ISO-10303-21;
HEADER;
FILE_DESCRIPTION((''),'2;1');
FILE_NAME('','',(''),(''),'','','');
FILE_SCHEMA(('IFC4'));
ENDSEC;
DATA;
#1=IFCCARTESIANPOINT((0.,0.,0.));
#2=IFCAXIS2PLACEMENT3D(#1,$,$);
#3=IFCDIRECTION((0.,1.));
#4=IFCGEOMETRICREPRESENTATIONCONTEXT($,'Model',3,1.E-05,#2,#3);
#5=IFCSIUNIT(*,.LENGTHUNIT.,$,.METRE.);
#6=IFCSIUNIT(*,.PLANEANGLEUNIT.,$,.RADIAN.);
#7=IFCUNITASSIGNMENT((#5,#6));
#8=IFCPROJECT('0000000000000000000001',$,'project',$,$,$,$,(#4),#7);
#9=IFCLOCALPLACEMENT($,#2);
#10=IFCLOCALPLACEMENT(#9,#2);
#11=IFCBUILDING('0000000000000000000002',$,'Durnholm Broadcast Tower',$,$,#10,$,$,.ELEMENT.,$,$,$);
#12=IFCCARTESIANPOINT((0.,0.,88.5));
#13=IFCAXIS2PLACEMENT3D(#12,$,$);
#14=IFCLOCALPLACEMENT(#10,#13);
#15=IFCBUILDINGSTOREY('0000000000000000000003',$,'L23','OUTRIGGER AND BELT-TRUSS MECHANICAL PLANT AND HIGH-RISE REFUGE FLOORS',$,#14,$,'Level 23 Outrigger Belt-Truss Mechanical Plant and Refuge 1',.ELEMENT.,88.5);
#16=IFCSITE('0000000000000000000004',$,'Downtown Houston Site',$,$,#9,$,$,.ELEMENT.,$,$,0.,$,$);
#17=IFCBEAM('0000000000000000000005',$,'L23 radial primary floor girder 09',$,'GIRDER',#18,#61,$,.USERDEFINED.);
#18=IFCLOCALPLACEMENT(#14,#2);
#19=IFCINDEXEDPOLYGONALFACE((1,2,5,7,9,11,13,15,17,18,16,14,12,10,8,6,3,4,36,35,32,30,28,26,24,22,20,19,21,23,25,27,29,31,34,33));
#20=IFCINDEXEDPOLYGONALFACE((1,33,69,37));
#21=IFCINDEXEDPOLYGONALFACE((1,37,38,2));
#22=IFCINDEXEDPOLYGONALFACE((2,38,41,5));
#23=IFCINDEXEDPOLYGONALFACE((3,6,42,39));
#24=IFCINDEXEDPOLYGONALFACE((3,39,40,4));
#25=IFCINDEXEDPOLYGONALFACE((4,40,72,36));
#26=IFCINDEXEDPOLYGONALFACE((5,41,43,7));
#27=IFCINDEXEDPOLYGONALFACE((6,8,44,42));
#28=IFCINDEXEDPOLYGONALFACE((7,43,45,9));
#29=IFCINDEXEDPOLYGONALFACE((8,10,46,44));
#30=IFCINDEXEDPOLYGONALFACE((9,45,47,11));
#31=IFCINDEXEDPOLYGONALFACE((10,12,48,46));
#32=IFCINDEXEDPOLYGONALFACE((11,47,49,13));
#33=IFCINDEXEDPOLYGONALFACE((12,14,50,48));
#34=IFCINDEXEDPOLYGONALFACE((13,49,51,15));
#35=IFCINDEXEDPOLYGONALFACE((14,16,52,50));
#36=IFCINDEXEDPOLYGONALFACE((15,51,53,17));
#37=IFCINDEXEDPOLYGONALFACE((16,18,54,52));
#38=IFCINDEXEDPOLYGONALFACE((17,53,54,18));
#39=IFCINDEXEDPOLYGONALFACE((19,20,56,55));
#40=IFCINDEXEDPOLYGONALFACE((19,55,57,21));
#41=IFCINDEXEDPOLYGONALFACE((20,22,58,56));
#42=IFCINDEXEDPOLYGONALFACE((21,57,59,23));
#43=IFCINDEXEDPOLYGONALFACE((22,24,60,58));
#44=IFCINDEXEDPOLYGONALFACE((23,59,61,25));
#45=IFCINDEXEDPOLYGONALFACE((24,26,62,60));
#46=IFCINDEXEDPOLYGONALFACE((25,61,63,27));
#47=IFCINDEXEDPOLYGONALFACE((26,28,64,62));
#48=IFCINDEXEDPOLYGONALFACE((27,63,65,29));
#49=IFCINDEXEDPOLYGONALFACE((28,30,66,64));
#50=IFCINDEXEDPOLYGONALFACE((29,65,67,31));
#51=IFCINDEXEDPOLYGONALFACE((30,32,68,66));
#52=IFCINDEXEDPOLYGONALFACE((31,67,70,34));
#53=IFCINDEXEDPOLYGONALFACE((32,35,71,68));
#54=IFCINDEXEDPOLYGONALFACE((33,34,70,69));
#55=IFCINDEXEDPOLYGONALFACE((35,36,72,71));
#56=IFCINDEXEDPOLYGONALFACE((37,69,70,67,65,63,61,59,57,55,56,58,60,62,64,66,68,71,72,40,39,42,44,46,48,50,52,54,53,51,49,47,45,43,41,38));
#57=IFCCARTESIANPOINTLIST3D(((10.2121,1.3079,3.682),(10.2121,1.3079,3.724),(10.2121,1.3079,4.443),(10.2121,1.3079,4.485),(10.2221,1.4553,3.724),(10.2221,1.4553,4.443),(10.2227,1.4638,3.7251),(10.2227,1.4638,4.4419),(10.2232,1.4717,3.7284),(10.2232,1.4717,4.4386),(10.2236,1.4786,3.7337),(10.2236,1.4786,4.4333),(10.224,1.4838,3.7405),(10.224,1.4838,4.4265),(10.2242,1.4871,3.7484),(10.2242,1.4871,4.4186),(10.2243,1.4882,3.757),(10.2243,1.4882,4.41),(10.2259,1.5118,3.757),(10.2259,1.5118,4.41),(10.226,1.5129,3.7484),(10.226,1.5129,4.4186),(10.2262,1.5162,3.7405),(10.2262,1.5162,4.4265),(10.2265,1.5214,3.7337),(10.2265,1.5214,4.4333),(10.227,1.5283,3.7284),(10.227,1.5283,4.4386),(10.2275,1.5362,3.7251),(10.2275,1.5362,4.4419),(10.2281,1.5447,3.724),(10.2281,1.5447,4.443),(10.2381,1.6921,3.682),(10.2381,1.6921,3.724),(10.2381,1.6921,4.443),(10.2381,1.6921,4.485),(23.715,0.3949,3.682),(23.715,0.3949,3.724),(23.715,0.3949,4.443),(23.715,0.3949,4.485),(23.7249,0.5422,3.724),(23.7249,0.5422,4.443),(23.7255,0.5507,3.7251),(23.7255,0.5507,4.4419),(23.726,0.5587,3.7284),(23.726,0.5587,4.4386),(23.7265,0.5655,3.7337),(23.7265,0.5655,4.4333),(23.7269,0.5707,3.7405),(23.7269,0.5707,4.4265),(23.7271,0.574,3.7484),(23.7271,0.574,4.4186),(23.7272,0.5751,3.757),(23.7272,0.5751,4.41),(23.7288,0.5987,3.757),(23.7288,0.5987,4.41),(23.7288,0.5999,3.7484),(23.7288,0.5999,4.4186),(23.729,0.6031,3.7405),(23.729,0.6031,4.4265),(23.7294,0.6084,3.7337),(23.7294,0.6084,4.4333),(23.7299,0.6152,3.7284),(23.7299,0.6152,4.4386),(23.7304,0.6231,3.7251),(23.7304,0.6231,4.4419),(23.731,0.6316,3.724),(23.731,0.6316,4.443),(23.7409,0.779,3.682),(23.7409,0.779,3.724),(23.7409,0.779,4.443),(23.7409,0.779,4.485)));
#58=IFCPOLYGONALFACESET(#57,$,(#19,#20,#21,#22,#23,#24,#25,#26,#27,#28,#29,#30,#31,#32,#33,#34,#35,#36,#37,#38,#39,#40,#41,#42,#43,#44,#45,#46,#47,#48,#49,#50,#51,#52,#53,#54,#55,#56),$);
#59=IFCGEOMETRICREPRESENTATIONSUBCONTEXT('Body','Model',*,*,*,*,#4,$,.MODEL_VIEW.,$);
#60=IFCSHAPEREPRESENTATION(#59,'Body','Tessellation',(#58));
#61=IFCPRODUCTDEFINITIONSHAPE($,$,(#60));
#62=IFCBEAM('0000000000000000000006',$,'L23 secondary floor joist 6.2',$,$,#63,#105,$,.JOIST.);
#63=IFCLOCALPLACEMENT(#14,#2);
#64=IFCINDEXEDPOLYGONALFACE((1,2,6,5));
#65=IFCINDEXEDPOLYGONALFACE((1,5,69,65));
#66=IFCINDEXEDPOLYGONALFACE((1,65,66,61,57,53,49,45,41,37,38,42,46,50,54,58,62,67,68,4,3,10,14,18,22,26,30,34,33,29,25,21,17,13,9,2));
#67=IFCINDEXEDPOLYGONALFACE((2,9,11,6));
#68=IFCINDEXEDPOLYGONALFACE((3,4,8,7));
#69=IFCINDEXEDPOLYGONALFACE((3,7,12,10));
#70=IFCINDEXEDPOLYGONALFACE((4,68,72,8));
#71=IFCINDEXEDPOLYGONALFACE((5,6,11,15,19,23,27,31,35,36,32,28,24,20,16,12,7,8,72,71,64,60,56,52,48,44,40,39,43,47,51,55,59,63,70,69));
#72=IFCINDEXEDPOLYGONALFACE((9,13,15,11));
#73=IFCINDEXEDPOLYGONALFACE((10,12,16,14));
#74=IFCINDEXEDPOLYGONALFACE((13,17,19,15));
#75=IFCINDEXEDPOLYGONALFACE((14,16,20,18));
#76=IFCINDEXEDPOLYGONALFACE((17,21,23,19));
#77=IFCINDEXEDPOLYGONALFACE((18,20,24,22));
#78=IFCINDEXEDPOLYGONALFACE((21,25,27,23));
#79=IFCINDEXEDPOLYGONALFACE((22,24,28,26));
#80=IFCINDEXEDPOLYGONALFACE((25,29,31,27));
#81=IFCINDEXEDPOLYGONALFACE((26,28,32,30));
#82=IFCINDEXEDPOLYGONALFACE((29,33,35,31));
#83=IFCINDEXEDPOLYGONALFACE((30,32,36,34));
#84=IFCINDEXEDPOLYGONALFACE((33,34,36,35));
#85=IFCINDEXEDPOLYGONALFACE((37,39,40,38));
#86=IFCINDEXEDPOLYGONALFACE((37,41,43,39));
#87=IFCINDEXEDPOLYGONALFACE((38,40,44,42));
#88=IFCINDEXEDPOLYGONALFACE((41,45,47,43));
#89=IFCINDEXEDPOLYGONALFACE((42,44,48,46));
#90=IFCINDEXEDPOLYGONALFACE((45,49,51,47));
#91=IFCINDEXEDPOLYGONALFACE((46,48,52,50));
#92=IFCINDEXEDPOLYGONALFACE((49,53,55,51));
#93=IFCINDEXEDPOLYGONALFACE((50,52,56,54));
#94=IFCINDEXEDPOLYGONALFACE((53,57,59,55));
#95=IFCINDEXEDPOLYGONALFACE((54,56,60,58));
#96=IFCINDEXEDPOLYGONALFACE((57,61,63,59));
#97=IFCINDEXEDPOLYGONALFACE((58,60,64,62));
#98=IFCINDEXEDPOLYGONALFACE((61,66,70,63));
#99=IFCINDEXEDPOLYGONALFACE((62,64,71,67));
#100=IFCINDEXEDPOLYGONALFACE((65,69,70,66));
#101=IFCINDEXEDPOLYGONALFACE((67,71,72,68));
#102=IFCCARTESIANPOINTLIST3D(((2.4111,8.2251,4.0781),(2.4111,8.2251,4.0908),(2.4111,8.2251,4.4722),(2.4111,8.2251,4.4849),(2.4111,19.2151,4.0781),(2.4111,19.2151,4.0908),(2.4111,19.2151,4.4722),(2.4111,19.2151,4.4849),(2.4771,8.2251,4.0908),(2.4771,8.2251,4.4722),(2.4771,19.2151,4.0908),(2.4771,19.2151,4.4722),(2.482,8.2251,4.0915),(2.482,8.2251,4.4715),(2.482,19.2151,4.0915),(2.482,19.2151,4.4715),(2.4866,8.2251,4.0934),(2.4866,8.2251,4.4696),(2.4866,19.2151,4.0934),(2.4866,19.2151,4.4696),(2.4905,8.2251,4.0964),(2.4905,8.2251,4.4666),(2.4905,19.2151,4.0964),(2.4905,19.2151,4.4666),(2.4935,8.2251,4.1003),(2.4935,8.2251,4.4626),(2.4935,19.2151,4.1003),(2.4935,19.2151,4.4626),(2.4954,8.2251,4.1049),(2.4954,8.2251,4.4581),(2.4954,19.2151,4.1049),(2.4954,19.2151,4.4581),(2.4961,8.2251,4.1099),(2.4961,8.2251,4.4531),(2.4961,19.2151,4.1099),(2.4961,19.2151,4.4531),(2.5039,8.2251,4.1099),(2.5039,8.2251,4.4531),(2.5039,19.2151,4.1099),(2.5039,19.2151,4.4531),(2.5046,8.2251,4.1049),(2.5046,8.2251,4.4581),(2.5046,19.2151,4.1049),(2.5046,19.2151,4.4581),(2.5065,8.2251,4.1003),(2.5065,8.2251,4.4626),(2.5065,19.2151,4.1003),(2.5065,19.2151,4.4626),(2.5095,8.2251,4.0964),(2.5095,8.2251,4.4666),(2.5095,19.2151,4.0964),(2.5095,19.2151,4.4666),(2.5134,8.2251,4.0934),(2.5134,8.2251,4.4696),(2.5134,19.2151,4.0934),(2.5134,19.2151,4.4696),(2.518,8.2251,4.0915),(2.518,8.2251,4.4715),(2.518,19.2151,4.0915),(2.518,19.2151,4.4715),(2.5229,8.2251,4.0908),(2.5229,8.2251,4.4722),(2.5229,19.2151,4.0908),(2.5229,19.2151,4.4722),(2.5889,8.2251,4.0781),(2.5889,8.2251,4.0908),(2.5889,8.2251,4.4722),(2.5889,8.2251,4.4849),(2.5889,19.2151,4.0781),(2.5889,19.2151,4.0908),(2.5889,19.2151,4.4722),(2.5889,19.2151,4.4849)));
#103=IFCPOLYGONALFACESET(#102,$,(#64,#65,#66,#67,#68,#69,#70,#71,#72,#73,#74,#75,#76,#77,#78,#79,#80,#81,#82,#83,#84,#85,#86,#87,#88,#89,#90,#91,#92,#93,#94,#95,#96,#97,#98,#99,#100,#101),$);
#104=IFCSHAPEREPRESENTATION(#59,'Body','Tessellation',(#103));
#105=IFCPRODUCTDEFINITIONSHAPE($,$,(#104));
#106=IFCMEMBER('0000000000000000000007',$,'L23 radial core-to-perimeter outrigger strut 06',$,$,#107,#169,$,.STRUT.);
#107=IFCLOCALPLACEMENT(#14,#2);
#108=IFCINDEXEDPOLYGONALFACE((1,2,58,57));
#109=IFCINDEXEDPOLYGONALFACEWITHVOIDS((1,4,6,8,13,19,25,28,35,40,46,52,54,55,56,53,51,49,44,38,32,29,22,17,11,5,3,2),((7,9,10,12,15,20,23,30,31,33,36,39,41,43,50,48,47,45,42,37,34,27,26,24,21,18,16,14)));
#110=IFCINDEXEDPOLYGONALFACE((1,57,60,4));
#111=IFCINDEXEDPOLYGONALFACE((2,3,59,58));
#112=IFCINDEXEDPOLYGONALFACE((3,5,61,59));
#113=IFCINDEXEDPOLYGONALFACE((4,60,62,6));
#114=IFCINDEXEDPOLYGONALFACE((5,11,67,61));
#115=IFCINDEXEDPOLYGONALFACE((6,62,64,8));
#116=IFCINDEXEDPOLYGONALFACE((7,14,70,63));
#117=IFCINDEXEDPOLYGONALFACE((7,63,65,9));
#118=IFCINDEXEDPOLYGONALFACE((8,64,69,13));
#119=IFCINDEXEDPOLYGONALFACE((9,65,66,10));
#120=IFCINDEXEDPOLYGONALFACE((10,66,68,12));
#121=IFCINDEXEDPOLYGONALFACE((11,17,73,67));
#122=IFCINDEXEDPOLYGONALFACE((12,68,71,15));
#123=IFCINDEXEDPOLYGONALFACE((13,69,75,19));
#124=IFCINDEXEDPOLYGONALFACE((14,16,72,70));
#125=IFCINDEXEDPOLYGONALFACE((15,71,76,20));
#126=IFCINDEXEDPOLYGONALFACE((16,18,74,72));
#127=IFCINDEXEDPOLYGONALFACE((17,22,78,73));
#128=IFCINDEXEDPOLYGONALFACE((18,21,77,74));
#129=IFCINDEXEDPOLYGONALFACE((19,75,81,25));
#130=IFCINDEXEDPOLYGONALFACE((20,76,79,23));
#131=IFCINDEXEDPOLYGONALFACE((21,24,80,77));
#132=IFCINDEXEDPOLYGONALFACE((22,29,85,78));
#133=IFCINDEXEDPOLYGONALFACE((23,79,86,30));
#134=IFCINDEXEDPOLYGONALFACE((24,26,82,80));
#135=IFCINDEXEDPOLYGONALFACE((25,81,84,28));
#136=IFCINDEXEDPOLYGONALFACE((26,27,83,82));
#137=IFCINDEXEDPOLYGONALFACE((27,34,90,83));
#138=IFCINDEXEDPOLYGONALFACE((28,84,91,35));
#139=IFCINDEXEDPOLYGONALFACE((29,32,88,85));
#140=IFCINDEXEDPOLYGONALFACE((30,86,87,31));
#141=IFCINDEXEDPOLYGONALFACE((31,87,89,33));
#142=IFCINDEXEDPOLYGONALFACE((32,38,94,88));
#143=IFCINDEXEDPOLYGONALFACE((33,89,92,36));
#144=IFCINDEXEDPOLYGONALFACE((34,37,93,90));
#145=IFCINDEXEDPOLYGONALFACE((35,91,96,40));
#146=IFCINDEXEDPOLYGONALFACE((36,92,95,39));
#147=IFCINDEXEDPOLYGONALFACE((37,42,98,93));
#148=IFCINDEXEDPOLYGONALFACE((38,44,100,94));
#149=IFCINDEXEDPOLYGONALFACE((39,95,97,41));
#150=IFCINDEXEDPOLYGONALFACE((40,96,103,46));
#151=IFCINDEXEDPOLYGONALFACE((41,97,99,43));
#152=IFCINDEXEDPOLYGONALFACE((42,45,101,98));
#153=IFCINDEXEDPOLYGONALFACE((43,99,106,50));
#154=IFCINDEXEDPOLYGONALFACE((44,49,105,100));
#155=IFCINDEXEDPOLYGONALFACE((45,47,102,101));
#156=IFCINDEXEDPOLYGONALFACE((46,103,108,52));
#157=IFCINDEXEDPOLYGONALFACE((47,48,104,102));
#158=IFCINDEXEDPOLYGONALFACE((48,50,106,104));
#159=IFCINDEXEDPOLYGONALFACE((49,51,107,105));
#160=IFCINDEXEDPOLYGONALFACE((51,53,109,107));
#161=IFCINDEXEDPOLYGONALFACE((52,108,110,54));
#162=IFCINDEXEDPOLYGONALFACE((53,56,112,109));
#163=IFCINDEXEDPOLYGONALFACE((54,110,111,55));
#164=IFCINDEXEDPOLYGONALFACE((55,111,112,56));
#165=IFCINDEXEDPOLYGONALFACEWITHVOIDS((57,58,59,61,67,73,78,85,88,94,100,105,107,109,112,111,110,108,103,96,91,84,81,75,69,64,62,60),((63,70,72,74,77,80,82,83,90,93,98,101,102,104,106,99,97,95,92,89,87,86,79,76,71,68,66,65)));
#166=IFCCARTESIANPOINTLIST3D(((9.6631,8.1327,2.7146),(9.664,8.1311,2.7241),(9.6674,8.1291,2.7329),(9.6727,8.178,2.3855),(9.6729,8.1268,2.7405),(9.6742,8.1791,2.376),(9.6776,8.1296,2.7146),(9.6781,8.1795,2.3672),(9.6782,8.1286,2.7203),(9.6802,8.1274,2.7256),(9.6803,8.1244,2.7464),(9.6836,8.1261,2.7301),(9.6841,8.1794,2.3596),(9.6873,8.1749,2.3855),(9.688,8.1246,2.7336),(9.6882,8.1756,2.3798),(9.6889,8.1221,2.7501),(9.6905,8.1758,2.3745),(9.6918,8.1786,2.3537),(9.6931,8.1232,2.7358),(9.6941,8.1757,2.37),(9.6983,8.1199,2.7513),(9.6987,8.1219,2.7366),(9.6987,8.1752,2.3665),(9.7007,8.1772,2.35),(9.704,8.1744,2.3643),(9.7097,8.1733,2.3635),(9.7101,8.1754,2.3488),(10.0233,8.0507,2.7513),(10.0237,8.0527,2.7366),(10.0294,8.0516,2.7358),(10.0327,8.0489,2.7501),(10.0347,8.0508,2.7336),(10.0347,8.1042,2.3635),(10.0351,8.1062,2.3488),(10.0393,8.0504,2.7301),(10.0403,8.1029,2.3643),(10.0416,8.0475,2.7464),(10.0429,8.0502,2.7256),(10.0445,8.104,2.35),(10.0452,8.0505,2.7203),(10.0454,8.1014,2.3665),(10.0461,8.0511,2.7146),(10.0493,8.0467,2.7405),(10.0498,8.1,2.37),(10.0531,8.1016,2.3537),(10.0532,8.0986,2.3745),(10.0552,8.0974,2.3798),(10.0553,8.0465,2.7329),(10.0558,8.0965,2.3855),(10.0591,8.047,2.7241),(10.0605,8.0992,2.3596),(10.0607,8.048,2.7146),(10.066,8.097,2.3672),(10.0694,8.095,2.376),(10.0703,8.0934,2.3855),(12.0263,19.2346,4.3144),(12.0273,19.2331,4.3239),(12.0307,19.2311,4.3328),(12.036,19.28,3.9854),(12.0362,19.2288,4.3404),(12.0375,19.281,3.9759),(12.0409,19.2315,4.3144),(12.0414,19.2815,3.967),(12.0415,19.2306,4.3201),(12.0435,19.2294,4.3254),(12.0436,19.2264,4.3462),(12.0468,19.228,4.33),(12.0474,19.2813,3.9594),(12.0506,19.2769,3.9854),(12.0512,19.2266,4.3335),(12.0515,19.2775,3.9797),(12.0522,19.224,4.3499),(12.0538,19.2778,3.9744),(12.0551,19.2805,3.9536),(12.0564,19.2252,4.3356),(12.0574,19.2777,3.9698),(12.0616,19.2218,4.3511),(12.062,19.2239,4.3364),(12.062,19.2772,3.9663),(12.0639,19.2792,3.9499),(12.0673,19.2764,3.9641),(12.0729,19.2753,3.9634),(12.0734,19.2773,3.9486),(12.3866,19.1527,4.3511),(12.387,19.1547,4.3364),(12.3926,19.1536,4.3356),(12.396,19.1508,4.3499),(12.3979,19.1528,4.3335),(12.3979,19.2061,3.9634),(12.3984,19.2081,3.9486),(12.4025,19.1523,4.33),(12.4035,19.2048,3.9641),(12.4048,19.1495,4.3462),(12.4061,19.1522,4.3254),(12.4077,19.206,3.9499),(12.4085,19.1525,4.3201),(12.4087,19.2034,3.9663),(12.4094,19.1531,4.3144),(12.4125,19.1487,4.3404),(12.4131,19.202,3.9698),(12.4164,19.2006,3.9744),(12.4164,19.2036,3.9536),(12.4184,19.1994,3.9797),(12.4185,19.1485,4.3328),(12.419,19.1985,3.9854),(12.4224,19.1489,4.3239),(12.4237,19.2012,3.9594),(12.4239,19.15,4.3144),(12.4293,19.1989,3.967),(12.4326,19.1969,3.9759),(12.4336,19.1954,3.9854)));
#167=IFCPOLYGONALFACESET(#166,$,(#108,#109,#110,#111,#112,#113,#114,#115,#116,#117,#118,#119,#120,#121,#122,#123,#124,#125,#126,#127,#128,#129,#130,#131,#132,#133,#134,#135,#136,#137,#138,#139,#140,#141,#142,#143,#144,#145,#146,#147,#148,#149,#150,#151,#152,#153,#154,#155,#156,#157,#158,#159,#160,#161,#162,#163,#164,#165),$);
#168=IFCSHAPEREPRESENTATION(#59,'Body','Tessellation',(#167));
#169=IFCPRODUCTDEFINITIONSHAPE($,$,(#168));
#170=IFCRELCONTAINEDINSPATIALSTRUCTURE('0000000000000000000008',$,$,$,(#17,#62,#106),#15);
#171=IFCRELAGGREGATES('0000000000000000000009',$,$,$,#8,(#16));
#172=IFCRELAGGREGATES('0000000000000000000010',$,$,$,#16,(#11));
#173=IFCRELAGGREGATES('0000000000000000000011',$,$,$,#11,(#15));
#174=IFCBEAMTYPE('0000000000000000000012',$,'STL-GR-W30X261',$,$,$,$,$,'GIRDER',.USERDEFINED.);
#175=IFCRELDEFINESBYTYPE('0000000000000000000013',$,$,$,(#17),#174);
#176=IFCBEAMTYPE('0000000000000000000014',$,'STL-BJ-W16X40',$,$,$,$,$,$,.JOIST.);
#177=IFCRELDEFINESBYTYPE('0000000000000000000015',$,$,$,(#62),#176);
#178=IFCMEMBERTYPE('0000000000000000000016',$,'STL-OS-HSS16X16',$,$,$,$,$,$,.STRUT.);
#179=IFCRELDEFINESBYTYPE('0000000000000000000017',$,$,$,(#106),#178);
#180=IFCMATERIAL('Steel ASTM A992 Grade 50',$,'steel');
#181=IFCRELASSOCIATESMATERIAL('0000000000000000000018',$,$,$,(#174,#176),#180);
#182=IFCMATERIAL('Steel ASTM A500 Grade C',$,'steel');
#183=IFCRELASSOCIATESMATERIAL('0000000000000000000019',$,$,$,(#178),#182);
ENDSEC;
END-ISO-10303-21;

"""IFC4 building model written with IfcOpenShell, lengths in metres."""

from ifc_helpers import new_model, si_unit, direction, frame, origin, origin_2d, place, context, subcontext, project, spatial, hollow_rectangle, i_section, extrude, source, transform, mapped, material, material_profile, profile_set, type_object, type_shapes, element, save


model = new_model("IFC4")

# Units and contexts
model_context = context("Model", 3, precision=1e-05, world=origin(), true_north=direction((0.0, 1.0)))
body_context = subcontext(model_context, "Body", "Model", "MODEL_VIEW")
ifc_project = project(units=[si_unit("LENGTHUNIT", "METRE"), si_unit("PLANEANGLEUNIT", "RADIAN")], contexts=[model_context])

# Site, building, storey
site_placement = place(None, origin())
site = spatial("IfcSite", under=ifc_project, at=site_placement, Name="Downtown Houston Site", CompositionType="ELEMENT", RefElevation=0.0)
building_placement = place(site_placement, origin())
building = spatial("IfcBuilding", under=site, at=building_placement, Name="Durnholm Broadcast Tower", CompositionType="ELEMENT")
storey_placement = place(building_placement, frame((0.0, 0.0, 88.5)))
storey = spatial("IfcBuildingStorey", under=building, at=storey_placement, Name="L23", Description="OUTRIGGER AND BELT-TRUSS MECHANICAL PLANT AND HIGH-RISE REFUGE FLOORS", LongName="Level 23 Outrigger Belt-Truss Mechanical Plant and Refuge 1", CompositionType="ELEMENT", Elevation=88.5)

# Beams
ifc_material_1 = material(Name="Steel ASTM A992 Grade 50", Category="steel")
ifc_material_profile_1 = material_profile(ifc_material_1, i_section(OverallWidth=0.385, OverallDepth=0.803, WebThickness=0.0237, FlangeThickness=0.042, FilletRadius=0.033, at=origin_2d()), Name="W30X261")
ifc_profile_set_1 = profile_set([ifc_material_profile_1], Name="Steel ASTM A992 Grade 50")
beam_type_1 = type_object("IfcBeamType", Name="STL-GR-W30X261", ElementType="GIRDER", PredefinedType="USERDEFINED", material=ifc_profile_set_1)
shared_shape_1 = source(origin(), body_context, "Body", "SweptSolid", [
    extrude(i_section(OverallWidth=0.385, OverallDepth=0.803, WebThickness=0.0237, FlangeThickness=0.042, FilletRadius=0.033, at=origin_2d()), origin(), (0.0, 0.0, 1.0), 13.5337),
])
beam_1_placement = place(storey_placement, frame((10.2251, 1.5, 4.0835), z_axis=(0.997721, -0.067467, 0.0), x_axis=(0.067467, 0.997721, 0.0)))
element("IfcBeam", 1, at=beam_1_placement, inside=storey, type_object=beam_type_1, Name="L23 radial primary floor girder 09", ObjectType="GIRDER", PredefinedType="USERDEFINED", context=body_context, shape_type="MappedRepresentation", body=[
    mapped(shared_shape_1, transform((0.0, 0.0, 0.0), x_axis=(1.0, 0.0, 0.0), y_axis=(0.0, 1.0, 0.0), z_axis=(0.0, 0.0, 1.0), scale=1.0)),
])
ifc_material_profile_2 = material_profile(ifc_material_1, i_section(OverallWidth=0.1777, OverallDepth=0.4067, WebThickness=0.0078, FlangeThickness=0.0127, FilletRadius=0.019, at=origin_2d()), Name="W16X40")
ifc_profile_set_2 = profile_set([ifc_material_profile_2], Name="Steel ASTM A992 Grade 50")
beam_type_2 = type_object("IfcBeamType", Name="STL-BJ-W16X40", PredefinedType="JOIST", material=ifc_profile_set_2)
shared_shape_2 = source(origin(), body_context, "Body", "SweptSolid", [
    extrude(i_section(OverallWidth=0.1777, OverallDepth=0.4067, WebThickness=0.0078, FlangeThickness=0.0127, FilletRadius=0.019, at=origin_2d()), origin(), (0.0, 0.0, 1.0), 10.99),
])
type_shapes(beam_type_2, [shared_shape_2])
beam_2_placement = place(storey_placement, frame((2.5, 8.2251, 4.2815), z_axis=(0.0, 1.0, 0.0), x_axis=(-1.0, 0.0, 0.0)))
element("IfcBeam", 2, at=beam_2_placement, inside=storey, type_object=beam_type_2, Name="L23 secondary floor joist 6.2", PredefinedType="JOIST", context=body_context, shape_type="MappedRepresentation", body=[
    mapped(shared_shape_2, transform((0.0, 0.0, 0.0), x_axis=(1.0, 0.0, 0.0), y_axis=(0.0, 1.0, 0.0), z_axis=(0.0, 0.0, 1.0), scale=1.0)),
])

# Member
ifc_material_2 = material(Name="Steel ASTM A500 Grade C", Category="steel")
ifc_material_profile_3 = material_profile(ifc_material_2, hollow_rectangle(XDim=0.4065, YDim=0.4065, WallThickness=0.0149, InnerFilletRadius=0.0222, OuterFilletRadius=0.0371, at=origin_2d()), Name="HSS16X16X5/8")
ifc_profile_set_3 = profile_set([ifc_material_profile_3], Name="Steel ASTM A500 Grade C")
member_type_1 = type_object("IfcMemberType", Name="STL-OS-HSS16X16", PredefinedType="STRUT", material=ifc_profile_set_3)
shared_shape_3 = source(origin(), body_context, "Body", "SweptSolid", [
    extrude(hollow_rectangle(XDim=0.4065, YDim=0.4065, WallThickness=0.0149, InnerFilletRadius=0.0222, OuterFilletRadius=0.0371, at=origin_2d()), origin(), (0.0, 0.0, 1.0), 11.4629),
])
type_shapes(member_type_1, [shared_shape_3])
member_1_placement = place(storey_placement, frame((9.8667, 8.113, 2.55), z_axis=(0.206166, 0.968513, 0.139567), x_axis=(-0.978085, 0.208204, 0.0)))
element("IfcMember", 3, at=member_1_placement, inside=storey, type_object=member_type_1, Name="L23 radial core-to-perimeter outrigger strut 06", PredefinedType="STRUT", context=body_context, shape_type="MappedRepresentation", body=[
    mapped(shared_shape_3, transform((0.0, 0.0, 0.0), x_axis=(1.0, 0.0, 0.0), y_axis=(0.0, 1.0, 0.0), z_axis=(0.0, 0.0, 1.0), scale=1.0)),
])

save(model, "model.ifc")
